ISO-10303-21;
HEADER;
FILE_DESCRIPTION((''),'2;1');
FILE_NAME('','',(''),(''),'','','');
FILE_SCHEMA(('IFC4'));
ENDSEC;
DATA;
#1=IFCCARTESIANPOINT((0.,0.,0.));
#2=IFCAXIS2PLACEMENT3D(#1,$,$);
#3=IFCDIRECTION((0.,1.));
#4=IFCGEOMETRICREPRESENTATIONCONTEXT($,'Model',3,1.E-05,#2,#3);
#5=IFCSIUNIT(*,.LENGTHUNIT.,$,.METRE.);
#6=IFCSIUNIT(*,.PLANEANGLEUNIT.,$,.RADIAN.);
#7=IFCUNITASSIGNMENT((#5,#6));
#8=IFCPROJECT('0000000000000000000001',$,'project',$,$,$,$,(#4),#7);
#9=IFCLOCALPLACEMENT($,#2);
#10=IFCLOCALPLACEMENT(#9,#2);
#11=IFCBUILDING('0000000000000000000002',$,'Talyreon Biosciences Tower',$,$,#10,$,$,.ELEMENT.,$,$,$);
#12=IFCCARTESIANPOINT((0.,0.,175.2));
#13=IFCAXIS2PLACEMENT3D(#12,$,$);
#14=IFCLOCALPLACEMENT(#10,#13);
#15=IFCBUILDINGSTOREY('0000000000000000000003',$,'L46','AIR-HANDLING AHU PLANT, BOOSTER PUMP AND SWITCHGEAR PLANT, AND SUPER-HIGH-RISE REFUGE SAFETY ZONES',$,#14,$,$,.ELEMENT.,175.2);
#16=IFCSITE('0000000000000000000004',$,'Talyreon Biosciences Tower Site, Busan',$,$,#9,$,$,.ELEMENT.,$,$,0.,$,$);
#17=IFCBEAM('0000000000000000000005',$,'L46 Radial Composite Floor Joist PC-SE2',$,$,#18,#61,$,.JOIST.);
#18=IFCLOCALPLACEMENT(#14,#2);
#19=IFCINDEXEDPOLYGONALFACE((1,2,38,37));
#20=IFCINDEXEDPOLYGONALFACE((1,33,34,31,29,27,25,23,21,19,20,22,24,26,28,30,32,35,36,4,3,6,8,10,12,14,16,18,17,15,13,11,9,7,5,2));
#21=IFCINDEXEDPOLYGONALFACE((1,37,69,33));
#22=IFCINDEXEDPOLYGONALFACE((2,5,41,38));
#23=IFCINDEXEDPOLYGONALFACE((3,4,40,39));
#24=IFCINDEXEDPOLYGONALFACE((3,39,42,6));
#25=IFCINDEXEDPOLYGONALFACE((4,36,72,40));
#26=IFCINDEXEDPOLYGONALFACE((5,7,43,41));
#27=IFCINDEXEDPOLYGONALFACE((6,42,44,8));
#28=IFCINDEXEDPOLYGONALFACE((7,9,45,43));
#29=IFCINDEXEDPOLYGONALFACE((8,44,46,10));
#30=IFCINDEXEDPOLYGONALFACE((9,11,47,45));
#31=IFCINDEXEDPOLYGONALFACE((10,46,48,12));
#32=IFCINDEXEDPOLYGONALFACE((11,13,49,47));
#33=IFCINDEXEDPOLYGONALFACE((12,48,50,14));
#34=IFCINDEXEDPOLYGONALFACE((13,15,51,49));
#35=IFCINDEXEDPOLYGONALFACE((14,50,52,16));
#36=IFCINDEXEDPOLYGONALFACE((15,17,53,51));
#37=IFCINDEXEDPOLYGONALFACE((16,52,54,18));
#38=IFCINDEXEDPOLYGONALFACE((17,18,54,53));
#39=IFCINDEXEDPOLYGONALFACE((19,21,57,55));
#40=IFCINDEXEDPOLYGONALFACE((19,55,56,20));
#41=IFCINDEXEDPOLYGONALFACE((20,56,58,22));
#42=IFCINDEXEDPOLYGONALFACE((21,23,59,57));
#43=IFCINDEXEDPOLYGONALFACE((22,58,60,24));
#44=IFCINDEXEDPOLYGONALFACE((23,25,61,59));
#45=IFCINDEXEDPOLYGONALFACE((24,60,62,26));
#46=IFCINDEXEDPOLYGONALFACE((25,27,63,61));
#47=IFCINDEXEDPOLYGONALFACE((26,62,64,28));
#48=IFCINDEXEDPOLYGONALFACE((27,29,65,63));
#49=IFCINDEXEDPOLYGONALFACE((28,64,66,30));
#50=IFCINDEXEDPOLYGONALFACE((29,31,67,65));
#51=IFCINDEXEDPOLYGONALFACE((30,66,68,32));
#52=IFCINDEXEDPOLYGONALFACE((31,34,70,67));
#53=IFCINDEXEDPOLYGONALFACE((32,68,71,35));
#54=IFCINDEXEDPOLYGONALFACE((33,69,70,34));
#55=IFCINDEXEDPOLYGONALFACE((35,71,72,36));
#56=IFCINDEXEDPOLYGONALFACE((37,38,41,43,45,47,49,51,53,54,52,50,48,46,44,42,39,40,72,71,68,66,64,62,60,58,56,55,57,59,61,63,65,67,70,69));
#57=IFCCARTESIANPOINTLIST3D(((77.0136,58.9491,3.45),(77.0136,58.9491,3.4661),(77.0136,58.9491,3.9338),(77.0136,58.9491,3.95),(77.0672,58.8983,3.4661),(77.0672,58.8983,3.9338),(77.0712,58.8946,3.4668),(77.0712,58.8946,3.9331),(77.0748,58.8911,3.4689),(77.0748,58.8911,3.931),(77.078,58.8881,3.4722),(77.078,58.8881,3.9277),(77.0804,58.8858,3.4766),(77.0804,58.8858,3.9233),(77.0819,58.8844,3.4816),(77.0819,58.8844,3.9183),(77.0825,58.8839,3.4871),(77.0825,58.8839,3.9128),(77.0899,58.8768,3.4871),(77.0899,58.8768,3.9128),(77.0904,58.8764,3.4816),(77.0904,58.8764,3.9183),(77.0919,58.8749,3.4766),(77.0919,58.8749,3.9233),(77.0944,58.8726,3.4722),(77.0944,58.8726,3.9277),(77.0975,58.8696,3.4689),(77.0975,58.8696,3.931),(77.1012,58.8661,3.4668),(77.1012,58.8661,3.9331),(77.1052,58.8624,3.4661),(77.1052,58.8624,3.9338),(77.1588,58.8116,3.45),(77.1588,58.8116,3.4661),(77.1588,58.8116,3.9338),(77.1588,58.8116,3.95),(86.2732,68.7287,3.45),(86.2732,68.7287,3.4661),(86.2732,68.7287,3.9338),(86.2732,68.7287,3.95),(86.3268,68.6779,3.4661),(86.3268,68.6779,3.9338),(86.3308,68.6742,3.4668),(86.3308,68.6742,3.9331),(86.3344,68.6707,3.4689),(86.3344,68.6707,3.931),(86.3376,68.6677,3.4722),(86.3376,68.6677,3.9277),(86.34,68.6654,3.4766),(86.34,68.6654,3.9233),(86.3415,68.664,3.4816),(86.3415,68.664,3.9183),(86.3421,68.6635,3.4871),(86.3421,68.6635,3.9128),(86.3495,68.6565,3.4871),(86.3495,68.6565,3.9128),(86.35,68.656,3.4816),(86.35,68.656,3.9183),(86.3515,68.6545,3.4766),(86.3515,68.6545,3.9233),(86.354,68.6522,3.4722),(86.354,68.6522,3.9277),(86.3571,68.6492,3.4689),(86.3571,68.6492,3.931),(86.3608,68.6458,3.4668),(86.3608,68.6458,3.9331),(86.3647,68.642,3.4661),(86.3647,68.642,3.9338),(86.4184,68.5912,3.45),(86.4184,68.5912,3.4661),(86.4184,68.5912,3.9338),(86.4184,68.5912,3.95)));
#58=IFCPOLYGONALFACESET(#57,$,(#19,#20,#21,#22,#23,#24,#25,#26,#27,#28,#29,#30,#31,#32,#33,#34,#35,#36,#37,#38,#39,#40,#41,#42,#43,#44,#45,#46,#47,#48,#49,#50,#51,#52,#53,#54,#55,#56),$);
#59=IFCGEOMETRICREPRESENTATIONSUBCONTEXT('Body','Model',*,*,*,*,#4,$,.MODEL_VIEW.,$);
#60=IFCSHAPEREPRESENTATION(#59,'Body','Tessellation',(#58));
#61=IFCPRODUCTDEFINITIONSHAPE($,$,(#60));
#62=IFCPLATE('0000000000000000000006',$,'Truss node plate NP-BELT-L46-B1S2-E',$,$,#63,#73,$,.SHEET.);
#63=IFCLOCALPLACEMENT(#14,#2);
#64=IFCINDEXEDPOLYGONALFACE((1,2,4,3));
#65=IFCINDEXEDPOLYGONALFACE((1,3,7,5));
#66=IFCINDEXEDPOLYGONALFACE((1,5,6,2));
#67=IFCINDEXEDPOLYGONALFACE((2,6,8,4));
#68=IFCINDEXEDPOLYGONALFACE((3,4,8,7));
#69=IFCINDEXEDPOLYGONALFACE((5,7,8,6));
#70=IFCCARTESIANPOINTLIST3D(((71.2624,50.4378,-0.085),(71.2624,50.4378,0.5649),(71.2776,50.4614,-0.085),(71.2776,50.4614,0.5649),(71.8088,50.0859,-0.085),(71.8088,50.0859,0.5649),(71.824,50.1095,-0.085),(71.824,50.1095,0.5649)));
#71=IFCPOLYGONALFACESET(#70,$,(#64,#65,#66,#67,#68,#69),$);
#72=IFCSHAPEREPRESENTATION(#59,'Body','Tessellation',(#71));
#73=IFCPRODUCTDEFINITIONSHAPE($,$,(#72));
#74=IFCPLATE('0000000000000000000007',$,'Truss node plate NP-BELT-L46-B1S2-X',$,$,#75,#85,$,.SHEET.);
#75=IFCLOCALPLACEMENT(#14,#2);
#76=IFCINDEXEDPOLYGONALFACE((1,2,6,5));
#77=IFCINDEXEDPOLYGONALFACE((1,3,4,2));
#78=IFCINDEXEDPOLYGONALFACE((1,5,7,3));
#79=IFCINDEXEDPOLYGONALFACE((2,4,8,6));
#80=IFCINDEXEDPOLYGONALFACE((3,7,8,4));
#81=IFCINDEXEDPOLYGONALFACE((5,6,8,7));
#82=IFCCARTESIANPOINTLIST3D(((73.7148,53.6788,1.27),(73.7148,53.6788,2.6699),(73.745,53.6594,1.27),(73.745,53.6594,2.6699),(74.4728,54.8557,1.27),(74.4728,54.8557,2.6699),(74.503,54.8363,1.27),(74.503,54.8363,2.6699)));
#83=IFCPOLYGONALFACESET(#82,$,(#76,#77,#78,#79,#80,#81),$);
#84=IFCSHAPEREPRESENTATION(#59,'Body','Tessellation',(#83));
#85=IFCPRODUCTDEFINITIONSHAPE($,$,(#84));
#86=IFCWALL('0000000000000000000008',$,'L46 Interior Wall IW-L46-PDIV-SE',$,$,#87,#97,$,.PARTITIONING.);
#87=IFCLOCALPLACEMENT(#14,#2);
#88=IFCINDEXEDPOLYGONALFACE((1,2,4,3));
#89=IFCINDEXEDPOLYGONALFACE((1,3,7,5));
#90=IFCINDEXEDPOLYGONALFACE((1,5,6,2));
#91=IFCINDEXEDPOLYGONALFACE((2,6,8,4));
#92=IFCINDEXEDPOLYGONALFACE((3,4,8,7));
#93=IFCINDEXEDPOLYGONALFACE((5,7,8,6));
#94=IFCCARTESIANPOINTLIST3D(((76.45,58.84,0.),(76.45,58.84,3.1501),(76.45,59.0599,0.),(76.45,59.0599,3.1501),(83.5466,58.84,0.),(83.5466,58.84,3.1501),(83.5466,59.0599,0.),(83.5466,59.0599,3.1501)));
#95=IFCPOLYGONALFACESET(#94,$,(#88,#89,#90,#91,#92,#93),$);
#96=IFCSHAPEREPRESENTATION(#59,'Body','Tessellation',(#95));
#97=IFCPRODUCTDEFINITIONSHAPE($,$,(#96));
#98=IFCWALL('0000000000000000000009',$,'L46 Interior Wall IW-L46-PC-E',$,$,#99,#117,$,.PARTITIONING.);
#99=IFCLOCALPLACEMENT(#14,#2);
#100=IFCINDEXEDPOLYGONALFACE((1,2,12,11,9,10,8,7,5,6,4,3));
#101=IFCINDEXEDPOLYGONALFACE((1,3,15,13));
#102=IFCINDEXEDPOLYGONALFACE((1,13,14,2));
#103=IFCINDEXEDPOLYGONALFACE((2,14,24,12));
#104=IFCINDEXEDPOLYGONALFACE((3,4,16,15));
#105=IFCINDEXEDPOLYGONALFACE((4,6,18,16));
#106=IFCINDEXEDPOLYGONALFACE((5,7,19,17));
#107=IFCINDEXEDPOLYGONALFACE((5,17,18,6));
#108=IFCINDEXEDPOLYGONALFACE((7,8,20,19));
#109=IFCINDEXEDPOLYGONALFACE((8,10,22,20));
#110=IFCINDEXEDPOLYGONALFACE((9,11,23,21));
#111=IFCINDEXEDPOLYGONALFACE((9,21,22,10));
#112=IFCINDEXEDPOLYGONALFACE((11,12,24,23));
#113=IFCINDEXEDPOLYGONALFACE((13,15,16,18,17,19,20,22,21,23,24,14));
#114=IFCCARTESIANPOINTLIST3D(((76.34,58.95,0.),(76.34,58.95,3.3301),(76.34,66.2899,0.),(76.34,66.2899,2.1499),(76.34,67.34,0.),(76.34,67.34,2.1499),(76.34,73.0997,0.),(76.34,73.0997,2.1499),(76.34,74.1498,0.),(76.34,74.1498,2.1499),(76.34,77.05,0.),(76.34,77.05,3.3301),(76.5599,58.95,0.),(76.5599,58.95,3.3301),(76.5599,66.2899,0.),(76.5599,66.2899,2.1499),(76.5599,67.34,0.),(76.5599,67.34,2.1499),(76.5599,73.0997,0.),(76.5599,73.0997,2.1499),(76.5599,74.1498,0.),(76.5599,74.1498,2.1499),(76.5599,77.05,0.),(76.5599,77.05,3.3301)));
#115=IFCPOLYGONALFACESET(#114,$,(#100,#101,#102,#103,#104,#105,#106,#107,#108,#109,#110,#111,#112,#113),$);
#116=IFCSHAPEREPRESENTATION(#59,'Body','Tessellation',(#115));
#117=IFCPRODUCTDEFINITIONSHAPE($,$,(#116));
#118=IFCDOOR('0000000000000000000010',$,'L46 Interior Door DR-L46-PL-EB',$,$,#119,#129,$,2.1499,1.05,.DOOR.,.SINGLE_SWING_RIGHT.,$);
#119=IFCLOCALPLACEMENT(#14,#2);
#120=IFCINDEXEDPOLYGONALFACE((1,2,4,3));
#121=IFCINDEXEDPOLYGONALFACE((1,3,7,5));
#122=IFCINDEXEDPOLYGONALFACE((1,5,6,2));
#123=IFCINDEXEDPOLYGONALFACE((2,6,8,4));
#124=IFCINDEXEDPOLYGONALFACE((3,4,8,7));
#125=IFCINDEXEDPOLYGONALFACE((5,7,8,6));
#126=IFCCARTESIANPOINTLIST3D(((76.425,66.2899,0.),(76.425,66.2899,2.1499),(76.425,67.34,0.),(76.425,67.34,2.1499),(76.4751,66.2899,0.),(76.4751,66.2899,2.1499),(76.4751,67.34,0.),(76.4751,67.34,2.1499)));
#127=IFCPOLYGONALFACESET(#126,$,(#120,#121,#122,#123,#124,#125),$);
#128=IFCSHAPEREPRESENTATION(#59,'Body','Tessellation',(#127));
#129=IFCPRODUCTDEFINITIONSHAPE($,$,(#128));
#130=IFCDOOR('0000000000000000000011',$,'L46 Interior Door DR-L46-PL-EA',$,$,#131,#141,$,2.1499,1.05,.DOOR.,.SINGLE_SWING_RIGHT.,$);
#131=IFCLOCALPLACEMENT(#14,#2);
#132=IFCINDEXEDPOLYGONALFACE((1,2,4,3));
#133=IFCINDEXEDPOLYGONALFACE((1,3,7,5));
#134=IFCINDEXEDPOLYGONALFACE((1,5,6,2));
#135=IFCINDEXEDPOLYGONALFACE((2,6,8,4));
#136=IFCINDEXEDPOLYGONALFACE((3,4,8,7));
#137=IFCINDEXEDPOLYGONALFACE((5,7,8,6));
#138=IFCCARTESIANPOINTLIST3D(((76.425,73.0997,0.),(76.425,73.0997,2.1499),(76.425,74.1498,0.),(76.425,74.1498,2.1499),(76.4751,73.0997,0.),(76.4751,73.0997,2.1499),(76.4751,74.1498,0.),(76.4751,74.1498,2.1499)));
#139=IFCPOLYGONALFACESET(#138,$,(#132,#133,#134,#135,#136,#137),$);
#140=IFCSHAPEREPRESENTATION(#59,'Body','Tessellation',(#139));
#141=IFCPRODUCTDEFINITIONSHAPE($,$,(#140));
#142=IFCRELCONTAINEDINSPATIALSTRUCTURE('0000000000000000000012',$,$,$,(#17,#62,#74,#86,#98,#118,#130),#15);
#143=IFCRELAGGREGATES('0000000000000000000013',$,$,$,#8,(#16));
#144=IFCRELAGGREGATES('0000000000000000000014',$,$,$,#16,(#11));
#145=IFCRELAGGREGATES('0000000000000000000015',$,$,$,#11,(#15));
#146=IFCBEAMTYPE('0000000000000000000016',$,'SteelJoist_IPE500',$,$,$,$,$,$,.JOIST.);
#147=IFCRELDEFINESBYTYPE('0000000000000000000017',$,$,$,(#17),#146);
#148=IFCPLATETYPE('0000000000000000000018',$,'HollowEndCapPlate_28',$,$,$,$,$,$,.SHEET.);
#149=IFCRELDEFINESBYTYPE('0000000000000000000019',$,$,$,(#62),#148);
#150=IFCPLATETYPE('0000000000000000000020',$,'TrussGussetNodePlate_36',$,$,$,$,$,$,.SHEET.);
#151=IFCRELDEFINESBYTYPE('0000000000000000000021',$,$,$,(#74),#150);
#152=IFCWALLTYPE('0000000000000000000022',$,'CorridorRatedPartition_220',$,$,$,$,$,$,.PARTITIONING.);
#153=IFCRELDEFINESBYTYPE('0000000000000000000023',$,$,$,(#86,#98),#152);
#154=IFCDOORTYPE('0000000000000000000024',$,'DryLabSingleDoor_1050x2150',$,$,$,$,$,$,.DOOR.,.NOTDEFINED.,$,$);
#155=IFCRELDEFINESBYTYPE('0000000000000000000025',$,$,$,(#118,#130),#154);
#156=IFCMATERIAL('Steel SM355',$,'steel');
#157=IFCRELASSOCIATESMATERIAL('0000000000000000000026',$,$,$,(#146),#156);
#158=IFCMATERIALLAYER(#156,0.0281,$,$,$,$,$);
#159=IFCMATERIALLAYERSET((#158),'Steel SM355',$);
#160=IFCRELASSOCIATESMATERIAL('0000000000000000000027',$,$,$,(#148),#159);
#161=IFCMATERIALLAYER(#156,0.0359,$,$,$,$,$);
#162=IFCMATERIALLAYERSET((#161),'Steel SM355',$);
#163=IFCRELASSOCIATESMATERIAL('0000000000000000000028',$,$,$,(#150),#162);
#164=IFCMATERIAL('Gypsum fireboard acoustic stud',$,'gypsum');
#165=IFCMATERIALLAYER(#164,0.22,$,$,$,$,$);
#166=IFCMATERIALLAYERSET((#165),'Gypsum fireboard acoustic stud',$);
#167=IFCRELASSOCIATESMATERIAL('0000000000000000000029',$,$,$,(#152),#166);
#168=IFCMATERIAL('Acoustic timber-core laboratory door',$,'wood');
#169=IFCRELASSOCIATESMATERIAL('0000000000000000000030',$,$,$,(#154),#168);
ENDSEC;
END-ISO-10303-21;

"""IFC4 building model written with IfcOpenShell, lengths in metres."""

from ifc_helpers import new_model, si_unit, direction, frame, frame_2d, origin, origin_2d, place, context, subcontext, project, spatial, rectangle, i_section, extrude, material, layer, layer_set, material_profile, profile_set, type_object, element, fill, save


model = new_model("IFC4")

# Units and contexts
model_context = context("Model", 3, precision=1e-05, world=origin(), true_north=direction((0.0, 1.0)))
body_context = subcontext(model_context, "Body", "Model", "MODEL_VIEW")
ifc_project = project(units=[si_unit("LENGTHUNIT", "METRE"), si_unit("PLANEANGLEUNIT", "RADIAN")], contexts=[model_context])

# Site, building, storey
site_placement = place(None, origin())
site = spatial("IfcSite", under=ifc_project, at=site_placement, Name="Talyreon Biosciences Tower Site, Busan", CompositionType="ELEMENT", RefElevation=0.0)
building_placement = place(site_placement, origin())
building = spatial("IfcBuilding", under=site, at=building_placement, Name="Talyreon Biosciences Tower", CompositionType="ELEMENT")
storey_placement = place(building_placement, frame((0.0, 0.0, 175.2)))
storey = spatial("IfcBuildingStorey", under=building, at=storey_placement, Name="L46", Description="AIR-HANDLING AHU PLANT, BOOSTER PUMP AND SWITCHGEAR PLANT, AND SUPER-HIGH-RISE REFUGE SAFETY ZONES", CompositionType="ELEMENT", Elevation=175.2)

# Shared definitions
ifc_material_1 = material(Name="Steel SM355", Category="steel")

# Beam
ifc_material_profile_1 = material_profile(ifc_material_1, i_section(OverallWidth=0.2, OverallDepth=0.5, WebThickness=0.0103, FlangeThickness=0.0161, FilletRadius=0.021, at=origin_2d()), Name="IPE500")
ifc_profile_set_1 = profile_set([ifc_material_profile_1], Name="Steel SM355")
beam_type_1 = type_object("IfcBeamType", Name="SteelJoist_IPE500", PredefinedType="JOIST", material=ifc_profile_set_1)
beam_1_placement = place(storey_placement, frame((77.0862, 58.8804, 3.7), z_axis=(0.687537, 0.726149, 0.0), x_axis=(-0.726149, 0.687537, 0.0)))
element("IfcBeam", 1, at=beam_1_placement, inside=storey, type_object=beam_type_1, Name="L46 Radial Composite Floor Joist PC-SE2", PredefinedType="JOIST", context=body_context, shape_type="SweptSolid", body=[
    extrude(i_section(OverallWidth=0.2, OverallDepth=0.5, WebThickness=0.0103, FlangeThickness=0.0161, FilletRadius=0.021, at=origin_2d()), origin(), (0.0, 0.0, 1.0), 13.4678),
])

# Plates
ifc_layer_1 = layer(ifc_material_1, 0.0281)
ifc_layer_set_1 = layer_set([ifc_layer_1], Name="Steel SM355")
plate_type_1 = type_object("IfcPlateType", Name="HollowEndCapPlate_28", PredefinedType="SHEET", material=ifc_layer_set_1)
plate_1_placement = place(storey_placement, frame((71.5432, 50.2737, -0.085), z_axis=(0.0, 0.0, 1.0), x_axis=(-0.840718, 0.541473, 0.0)))
element("IfcPlate", 2, at=plate_1_placement, inside=storey, type_object=plate_type_1, Name="Truss node plate NP-BELT-L46-B1S2-E", PredefinedType="SHEET", context=body_context, shape_type="SweptSolid", body=[
    extrude(rectangle(XDim=0.6499, YDim=0.0281, at=origin_2d()), origin(), (0.0, 0.0, 1.0), 0.6499),
])
ifc_layer_2 = layer(ifc_material_1, 0.0359)
ifc_layer_set_2 = layer_set([ifc_layer_2], Name="Steel SM355")
plate_type_2 = type_object("IfcPlateType", Name="TrussGussetNodePlate_36", PredefinedType="SHEET", material=ifc_layer_set_2)
plate_2_placement = place(storey_placement, frame((74.1089, 54.2576, 1.27), z_axis=(0.0, 0.0, 1.0), x_axis=(0.541473, 0.840718, 0.0)))
element("IfcPlate", 3, at=plate_2_placement, inside=storey, type_object=plate_type_2, Name="Truss node plate NP-BELT-L46-B1S2-X", PredefinedType="SHEET", context=body_context, shape_type="SweptSolid", body=[
    extrude(rectangle(XDim=1.3999, YDim=0.0359, at=origin_2d()), origin(), (0.0, 0.0, 1.0), 1.3999),
])

# Wall
ifc_material_2 = material(Name="Gypsum fireboard acoustic stud", Category="gypsum")
ifc_layer_3 = layer(ifc_material_2, 0.22)
ifc_layer_set_3 = layer_set([ifc_layer_3], Name="Gypsum fireboard acoustic stud")
wall_type = type_object("IfcWallType", Name="CorridorRatedPartition_220", PredefinedType="PARTITIONING", material=ifc_layer_set_3)
wall_1_placement = place(storey_placement, frame((76.45, 58.95, 0.0), z_axis=(0.0, 0.0, 1.0), x_axis=(1.0, 0.0, 0.0)))
element("IfcWall", 4, at=wall_1_placement, inside=storey, type_object=wall_type, Name="L46 Interior Wall IW-L46-PDIV-SE", PredefinedType="PARTITIONING", context=body_context, shape_type="SweptSolid", body=[
    extrude(rectangle(XDim=7.0967, YDim=0.22, at=frame_2d((3.5483, 0.0))), origin(), (0.0, 0.0, 1.0), 3.1501),
])

# Wall, openings, doors
wall_2_placement = place(storey_placement, frame((76.45, 58.95, 0.0), z_axis=(0.0, 0.0, 1.0), x_axis=(0.0, 1.0, 0.0)))
wall_2 = element("IfcWall", 5, at=wall_2_placement, inside=storey, type_object=wall_type, Name="L46 Interior Wall IW-L46-PC-E", PredefinedType="PARTITIONING", context=body_context, shape_type="SweptSolid", body=[
    extrude(rectangle(XDim=18.1001, YDim=0.22, at=frame_2d((9.05, 0.0))), origin(), (0.0, 0.0, 1.0), 3.3301),
])
opening_1_placement = place(wall_2_placement, frame((7.3401, 0.0, 0.0)))
opening_1 = element("IfcOpeningElement", 6, at=opening_1_placement, cuts=wall_2, PredefinedType="OPENING", context=body_context, shape_type="SweptSolid", body=[
    extrude(rectangle(XDim=1.05, YDim=2.1499, at=frame_2d((0.5249, 1.075))), frame((0.0, 0.1199, 0.0), z_axis=(0.0, -1.0, 0.0), x_axis=(1.0, 0.0, 0.0)), (0.0, 0.0, 1.0), 0.24),
])
opening_2_placement = place(wall_2_placement, frame((14.1499, 0.0, 0.0)))
opening_2 = element("IfcOpeningElement", 7, at=opening_2_placement, cuts=wall_2, PredefinedType="OPENING", context=body_context, shape_type="SweptSolid", body=[
    extrude(rectangle(XDim=1.05, YDim=2.1499, at=frame_2d((0.5249, 1.075))), frame((0.0, 0.1199, 0.0), z_axis=(0.0, -1.0, 0.0), x_axis=(1.0, 0.0, 0.0)), (0.0, 0.0, 1.0), 0.24),
])
ifc_material_3 = material(Name="Acoustic timber-core laboratory door", Category="wood")
door_type = type_object("IfcDoorType", Name="DryLabSingleDoor_1050x2150", OperationType="NOTDEFINED", PredefinedType="DOOR", material=ifc_material_3)
door_1_placement = place(opening_1_placement, origin())
door_1 = element("IfcDoor", 8, at=door_1_placement, inside=storey, type_object=door_type, Name="L46 Interior Door DR-L46-PL-EB", OperationType="SINGLE_SWING_RIGHT", OverallHeight=2.1499, OverallWidth=1.05, PredefinedType="DOOR", context=body_context, shape_type="SweptSolid", body=[
    extrude(rectangle(XDim=1.05, YDim=2.1499, at=frame_2d((0.5249, 1.075))), frame((0.0, 0.0249, 0.0), z_axis=(0.0, -1.0, 0.0), x_axis=(1.0, 0.0, 0.0)), (0.0, 0.0, 1.0), 0.05),
])
fill(opening_1, door_1)
door_2_placement = place(opening_2_placement, origin())
door_2 = element("IfcDoor", 9, at=door_2_placement, inside=storey, type_object=door_type, Name="L46 Interior Door DR-L46-PL-EA", OperationType="SINGLE_SWING_RIGHT", OverallHeight=2.1499, OverallWidth=1.05, PredefinedType="DOOR", context=body_context, shape_type="SweptSolid", body=[
    extrude(rectangle(XDim=1.05, YDim=2.1499, at=frame_2d((0.5249, 1.075))), frame((0.0, 0.0249, 0.0), z_axis=(0.0, -1.0, 0.0), x_axis=(1.0, 0.0, 0.0)), (0.0, 0.0, 1.0), 0.05),
])
fill(opening_2, door_2)

save(model, "model.ifc")
